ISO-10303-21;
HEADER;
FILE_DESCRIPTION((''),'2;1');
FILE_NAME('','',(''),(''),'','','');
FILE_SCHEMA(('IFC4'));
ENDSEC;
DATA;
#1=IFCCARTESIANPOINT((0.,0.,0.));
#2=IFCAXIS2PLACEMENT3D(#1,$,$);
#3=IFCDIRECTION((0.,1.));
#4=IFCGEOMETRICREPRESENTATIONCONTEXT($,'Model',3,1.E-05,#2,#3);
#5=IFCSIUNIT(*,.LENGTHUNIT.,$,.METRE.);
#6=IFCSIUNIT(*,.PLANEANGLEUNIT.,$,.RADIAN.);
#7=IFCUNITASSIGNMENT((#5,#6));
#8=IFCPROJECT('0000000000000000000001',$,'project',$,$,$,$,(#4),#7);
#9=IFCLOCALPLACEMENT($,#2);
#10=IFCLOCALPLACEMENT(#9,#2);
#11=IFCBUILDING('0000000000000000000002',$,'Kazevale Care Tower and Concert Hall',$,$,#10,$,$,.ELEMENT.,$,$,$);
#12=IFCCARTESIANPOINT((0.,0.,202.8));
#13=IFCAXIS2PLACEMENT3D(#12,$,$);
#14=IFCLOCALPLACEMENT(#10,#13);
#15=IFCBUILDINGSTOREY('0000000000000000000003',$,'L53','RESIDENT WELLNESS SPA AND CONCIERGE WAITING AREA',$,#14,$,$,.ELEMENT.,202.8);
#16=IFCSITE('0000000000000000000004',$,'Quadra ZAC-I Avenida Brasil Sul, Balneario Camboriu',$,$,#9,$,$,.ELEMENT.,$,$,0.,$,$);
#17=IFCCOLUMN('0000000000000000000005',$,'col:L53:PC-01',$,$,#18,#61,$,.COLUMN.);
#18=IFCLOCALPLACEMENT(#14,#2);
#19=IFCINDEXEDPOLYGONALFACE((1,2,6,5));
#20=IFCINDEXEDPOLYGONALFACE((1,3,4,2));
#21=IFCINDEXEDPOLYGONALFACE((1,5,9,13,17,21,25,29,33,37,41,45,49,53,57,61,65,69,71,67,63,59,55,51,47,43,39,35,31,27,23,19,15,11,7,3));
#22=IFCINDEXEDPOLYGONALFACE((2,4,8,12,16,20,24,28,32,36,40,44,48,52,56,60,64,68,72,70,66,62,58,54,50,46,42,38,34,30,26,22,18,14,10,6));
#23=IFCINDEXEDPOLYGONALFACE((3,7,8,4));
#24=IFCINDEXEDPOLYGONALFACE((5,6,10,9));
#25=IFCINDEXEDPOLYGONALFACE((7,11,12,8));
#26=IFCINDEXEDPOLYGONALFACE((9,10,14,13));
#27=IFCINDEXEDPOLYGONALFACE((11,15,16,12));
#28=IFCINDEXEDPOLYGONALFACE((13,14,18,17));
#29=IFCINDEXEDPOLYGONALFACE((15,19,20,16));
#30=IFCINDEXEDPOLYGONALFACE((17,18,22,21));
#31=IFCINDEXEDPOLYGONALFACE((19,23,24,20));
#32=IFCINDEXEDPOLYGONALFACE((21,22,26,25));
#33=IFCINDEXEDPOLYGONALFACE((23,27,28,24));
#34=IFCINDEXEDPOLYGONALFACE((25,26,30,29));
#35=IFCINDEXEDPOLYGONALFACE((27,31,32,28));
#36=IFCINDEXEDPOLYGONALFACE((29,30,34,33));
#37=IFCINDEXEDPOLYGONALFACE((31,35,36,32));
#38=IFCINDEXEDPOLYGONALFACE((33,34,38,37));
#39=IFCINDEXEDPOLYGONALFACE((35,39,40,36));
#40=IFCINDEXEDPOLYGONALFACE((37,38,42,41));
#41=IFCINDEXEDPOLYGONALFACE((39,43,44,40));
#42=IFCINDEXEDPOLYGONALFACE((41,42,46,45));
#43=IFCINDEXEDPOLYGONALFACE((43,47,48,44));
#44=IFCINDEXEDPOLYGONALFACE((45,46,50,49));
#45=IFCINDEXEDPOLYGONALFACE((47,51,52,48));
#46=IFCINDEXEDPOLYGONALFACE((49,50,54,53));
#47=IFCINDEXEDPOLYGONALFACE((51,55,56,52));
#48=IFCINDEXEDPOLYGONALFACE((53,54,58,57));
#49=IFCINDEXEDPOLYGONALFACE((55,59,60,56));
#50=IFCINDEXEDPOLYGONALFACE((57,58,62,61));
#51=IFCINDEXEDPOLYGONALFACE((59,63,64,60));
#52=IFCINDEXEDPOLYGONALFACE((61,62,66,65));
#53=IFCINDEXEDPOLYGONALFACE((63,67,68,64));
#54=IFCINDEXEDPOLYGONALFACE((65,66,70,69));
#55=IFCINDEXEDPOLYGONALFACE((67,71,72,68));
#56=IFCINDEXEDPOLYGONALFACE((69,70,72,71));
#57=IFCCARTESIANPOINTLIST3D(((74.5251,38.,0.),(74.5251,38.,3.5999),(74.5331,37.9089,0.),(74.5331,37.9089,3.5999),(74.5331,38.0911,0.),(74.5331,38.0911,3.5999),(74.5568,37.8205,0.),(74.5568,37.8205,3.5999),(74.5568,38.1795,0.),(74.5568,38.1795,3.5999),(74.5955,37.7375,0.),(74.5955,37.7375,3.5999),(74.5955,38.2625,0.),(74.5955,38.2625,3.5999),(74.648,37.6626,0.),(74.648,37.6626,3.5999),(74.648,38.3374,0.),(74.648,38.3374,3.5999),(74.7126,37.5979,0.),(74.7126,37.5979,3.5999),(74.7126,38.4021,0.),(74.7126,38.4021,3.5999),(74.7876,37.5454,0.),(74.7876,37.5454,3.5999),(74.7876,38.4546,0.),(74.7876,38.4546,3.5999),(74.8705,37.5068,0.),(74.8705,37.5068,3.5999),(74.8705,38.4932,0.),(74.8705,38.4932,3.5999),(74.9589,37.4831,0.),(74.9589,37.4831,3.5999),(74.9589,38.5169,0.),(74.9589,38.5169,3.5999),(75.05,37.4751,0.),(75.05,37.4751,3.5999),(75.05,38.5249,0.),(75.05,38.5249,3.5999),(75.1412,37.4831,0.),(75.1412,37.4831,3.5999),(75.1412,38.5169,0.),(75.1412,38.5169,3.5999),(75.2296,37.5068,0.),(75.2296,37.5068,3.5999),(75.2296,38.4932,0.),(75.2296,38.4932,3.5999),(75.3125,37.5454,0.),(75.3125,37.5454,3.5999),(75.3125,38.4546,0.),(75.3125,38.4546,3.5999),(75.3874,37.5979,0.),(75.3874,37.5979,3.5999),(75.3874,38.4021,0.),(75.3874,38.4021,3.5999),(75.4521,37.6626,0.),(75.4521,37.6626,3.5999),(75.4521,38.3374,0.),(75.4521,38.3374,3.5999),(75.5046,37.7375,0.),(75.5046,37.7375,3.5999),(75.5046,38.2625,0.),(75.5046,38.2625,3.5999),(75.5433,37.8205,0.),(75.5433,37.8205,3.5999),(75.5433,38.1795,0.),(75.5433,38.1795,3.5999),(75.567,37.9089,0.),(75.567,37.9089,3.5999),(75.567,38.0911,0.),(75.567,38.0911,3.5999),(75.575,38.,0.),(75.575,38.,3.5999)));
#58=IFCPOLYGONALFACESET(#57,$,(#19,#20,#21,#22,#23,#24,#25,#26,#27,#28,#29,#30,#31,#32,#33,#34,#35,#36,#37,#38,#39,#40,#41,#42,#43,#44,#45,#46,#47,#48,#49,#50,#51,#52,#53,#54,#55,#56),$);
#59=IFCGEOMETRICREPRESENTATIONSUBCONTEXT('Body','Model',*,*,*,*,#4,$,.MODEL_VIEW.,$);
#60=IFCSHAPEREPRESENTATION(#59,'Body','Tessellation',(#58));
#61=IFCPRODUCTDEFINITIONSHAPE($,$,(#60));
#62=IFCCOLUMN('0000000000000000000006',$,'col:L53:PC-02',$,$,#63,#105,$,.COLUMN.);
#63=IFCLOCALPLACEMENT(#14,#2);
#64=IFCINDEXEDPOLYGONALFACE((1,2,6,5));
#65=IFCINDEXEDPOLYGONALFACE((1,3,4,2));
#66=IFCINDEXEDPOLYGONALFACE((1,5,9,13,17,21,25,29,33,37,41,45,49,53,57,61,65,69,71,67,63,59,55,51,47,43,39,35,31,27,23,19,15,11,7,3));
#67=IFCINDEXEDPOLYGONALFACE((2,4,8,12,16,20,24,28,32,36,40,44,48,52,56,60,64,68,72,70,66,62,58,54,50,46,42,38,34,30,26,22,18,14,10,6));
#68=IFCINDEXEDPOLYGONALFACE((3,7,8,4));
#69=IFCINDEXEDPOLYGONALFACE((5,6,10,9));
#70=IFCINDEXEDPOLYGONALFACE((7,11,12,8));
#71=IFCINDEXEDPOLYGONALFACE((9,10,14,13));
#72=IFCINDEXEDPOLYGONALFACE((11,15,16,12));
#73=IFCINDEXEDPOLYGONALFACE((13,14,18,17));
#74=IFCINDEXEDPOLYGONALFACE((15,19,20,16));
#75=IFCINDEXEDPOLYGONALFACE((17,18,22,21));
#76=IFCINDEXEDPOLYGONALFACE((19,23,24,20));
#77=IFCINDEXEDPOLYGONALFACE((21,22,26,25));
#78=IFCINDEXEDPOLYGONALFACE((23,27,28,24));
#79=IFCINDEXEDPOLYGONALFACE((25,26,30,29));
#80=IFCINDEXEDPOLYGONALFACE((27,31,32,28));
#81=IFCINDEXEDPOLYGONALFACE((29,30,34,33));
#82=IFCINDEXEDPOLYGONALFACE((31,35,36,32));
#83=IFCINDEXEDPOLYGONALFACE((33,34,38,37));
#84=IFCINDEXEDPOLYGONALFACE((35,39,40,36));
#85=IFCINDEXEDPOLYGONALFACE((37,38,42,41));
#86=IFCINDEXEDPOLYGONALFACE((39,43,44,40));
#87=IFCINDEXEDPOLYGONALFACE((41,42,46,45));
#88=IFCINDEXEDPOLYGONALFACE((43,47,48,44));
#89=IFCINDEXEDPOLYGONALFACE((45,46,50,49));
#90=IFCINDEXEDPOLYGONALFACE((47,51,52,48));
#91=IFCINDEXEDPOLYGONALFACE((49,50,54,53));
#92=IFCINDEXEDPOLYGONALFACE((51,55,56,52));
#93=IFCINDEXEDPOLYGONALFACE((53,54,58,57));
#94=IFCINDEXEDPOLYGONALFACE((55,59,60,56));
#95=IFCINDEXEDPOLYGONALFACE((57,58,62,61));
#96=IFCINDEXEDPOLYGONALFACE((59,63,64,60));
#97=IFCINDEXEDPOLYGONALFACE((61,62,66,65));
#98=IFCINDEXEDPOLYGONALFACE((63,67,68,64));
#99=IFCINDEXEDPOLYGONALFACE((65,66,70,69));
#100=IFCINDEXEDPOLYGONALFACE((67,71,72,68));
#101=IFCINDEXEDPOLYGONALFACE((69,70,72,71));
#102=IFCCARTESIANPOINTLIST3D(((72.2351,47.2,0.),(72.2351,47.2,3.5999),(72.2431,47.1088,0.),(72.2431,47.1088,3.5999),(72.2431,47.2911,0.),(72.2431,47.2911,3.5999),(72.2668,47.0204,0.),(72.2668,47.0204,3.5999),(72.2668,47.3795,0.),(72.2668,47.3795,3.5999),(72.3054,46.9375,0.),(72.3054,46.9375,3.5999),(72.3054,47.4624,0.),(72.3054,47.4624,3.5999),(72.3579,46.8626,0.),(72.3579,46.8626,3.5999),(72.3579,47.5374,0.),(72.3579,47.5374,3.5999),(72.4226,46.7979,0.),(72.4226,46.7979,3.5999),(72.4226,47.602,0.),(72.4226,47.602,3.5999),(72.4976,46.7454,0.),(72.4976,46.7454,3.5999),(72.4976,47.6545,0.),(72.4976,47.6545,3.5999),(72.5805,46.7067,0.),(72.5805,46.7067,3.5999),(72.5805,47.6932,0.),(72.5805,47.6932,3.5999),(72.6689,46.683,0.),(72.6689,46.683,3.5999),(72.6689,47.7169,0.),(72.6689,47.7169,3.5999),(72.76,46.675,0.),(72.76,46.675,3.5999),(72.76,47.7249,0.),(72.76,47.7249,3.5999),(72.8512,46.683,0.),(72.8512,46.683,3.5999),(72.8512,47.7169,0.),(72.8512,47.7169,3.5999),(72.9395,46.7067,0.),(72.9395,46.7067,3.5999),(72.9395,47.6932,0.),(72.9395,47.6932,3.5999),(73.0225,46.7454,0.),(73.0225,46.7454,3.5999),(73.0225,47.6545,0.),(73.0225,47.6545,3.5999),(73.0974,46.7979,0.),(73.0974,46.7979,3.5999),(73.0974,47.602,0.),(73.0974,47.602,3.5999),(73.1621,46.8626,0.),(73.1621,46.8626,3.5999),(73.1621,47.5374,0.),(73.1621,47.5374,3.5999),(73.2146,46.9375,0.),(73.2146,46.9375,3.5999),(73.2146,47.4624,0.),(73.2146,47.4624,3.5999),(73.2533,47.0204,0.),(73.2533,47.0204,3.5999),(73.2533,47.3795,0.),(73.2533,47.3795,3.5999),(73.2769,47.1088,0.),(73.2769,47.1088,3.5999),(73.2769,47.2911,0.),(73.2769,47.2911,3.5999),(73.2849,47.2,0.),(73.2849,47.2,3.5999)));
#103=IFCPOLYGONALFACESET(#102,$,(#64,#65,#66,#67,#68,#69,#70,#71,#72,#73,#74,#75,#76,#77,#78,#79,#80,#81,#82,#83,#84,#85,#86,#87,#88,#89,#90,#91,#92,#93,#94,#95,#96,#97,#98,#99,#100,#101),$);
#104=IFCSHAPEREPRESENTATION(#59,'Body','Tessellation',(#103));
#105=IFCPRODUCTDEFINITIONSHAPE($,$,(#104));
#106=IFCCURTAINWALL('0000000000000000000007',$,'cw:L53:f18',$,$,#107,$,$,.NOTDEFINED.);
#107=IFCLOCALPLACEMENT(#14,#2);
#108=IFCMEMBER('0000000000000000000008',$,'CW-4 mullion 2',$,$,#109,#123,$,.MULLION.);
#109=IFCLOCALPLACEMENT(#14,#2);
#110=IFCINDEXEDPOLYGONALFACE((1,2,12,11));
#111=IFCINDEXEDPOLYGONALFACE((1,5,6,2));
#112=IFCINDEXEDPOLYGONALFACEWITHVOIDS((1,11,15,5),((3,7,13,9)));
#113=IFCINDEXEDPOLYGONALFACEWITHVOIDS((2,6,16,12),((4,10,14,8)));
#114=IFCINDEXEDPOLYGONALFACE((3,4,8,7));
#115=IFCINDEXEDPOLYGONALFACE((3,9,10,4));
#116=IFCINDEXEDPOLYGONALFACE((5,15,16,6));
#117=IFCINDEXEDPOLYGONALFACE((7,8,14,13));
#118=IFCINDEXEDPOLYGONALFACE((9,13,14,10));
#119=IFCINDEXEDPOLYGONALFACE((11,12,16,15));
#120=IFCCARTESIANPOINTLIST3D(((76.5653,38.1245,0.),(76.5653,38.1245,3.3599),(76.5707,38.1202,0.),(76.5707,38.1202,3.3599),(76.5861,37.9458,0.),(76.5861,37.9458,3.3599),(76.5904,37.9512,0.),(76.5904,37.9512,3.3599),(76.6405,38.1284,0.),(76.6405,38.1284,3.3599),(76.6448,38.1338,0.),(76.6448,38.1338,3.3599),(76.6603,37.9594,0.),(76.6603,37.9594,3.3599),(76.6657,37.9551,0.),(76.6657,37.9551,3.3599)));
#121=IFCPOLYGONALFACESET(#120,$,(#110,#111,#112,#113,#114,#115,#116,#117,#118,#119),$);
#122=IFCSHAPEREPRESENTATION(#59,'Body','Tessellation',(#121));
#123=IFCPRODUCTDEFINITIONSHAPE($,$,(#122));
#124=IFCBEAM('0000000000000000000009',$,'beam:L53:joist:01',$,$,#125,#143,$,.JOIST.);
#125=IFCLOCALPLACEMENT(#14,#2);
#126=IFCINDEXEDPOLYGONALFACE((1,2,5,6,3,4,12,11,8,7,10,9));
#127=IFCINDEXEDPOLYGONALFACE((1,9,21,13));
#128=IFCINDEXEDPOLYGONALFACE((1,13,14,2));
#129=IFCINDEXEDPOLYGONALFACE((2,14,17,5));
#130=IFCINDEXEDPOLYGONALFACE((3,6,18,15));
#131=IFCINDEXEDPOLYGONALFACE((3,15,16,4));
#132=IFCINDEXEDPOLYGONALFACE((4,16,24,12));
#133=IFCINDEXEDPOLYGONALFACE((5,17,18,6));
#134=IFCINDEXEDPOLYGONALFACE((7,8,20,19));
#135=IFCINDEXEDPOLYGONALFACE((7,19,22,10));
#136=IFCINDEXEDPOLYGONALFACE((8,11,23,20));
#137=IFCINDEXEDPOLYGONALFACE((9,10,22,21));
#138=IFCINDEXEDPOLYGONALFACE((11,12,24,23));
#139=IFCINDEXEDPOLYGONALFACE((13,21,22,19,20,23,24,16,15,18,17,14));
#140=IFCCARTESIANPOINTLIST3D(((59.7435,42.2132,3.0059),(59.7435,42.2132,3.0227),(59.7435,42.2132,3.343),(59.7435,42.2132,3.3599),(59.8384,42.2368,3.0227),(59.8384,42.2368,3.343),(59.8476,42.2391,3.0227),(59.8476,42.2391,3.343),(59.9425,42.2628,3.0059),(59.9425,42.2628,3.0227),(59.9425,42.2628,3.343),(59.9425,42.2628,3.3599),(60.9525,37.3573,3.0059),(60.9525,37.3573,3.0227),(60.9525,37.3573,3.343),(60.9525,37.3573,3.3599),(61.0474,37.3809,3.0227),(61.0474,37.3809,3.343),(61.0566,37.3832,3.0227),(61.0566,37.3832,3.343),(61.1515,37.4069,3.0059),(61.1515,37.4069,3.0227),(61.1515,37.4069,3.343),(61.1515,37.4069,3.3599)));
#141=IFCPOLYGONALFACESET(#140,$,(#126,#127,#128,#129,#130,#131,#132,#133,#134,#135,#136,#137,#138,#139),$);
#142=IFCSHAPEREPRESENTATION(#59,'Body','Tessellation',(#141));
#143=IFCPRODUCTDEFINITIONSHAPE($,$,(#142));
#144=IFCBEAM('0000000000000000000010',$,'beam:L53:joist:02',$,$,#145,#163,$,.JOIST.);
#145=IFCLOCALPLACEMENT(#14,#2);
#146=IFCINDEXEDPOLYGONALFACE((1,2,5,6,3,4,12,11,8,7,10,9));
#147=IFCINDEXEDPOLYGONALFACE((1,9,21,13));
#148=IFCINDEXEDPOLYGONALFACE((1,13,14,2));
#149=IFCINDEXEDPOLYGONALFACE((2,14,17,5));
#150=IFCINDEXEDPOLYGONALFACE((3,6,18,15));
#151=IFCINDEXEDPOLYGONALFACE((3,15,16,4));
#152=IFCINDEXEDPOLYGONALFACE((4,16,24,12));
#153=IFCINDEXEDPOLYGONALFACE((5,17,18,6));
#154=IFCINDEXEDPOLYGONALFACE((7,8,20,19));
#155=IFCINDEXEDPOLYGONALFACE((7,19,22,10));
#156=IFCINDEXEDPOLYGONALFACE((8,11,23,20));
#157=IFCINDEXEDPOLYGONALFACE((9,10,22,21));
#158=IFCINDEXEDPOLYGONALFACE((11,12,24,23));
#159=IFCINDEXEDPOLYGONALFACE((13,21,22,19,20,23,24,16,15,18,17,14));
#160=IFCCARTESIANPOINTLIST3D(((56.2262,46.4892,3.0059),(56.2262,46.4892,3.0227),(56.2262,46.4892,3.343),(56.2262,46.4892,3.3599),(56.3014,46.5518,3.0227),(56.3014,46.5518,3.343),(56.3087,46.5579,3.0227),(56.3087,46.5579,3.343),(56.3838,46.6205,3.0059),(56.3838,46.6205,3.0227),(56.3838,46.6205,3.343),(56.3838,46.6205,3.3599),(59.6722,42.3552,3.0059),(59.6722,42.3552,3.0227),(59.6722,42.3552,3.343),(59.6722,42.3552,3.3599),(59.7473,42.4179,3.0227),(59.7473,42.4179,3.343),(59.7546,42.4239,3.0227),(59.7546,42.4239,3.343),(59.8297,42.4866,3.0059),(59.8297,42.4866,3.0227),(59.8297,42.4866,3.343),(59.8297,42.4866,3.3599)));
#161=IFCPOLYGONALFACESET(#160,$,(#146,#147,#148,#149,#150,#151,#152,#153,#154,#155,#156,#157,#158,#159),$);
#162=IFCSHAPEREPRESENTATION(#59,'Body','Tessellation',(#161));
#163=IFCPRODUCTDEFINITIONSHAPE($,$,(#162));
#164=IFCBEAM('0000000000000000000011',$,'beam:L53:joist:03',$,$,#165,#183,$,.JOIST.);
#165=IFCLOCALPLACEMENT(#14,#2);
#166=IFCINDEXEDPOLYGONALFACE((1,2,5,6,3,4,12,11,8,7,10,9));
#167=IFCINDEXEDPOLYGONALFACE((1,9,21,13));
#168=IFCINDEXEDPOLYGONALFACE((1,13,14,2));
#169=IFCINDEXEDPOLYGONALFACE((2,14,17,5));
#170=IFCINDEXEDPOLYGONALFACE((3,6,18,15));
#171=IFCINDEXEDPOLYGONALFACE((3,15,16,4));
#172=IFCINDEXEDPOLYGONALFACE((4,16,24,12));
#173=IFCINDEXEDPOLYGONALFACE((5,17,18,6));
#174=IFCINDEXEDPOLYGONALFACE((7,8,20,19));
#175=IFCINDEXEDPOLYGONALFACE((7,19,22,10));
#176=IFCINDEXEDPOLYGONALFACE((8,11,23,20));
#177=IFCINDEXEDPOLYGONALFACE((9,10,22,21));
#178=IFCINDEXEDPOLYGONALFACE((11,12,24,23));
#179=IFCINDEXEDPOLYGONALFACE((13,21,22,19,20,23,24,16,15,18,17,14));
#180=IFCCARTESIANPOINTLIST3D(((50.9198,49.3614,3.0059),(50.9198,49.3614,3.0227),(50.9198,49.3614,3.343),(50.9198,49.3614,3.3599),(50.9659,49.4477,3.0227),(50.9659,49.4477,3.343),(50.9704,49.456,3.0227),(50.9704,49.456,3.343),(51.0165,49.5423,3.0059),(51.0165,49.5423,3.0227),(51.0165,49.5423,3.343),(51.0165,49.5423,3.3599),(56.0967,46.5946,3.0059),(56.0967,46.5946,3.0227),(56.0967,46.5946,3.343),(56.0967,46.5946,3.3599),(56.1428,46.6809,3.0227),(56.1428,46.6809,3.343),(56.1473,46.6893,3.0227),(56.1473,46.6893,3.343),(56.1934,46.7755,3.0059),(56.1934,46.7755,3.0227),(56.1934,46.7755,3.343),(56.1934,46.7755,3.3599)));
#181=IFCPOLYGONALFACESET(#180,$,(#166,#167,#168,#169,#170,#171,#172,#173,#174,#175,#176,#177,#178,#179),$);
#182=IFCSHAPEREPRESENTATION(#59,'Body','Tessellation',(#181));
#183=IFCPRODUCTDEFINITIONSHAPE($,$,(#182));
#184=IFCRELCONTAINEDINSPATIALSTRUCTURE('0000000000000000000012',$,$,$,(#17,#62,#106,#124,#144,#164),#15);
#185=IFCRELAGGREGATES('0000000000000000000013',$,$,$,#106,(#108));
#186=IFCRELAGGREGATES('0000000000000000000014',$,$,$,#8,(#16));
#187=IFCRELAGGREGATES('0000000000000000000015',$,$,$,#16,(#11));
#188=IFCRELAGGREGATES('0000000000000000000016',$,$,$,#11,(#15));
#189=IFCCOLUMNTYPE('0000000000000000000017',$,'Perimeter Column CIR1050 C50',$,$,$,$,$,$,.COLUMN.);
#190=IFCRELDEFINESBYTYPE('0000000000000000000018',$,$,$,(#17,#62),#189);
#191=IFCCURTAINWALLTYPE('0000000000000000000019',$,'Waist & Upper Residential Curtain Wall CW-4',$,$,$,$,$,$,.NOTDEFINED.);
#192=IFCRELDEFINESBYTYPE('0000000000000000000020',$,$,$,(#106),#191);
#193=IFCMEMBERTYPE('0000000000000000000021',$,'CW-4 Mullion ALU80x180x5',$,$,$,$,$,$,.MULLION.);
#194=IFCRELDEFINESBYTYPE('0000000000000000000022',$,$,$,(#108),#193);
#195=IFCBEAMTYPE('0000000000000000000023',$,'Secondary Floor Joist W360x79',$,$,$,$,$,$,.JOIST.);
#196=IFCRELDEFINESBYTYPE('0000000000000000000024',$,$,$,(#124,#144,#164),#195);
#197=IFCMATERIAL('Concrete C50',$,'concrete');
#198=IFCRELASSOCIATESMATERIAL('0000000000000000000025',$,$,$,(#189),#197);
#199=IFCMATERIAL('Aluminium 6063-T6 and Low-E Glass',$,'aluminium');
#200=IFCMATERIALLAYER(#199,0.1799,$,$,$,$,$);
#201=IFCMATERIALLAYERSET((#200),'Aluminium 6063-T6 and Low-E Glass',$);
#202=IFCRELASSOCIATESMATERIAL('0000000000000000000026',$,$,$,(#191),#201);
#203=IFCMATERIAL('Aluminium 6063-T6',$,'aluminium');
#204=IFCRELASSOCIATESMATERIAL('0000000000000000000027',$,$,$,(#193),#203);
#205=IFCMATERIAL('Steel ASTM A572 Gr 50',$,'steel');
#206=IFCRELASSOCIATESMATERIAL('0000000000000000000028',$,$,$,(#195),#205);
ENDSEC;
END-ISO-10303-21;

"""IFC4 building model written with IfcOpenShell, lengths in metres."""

from ifc_helpers import new_model, si_unit, direction, frame, origin, origin_2d, place, context, subcontext, project, spatial, hollow_rectangle, circle, i_section, extrude, material, layer, layer_set, material_profile, profile_set, type_object, element, aggregate, save


model = new_model("IFC4")

# Units and contexts
model_context = context("Model", 3, precision=1e-05, world=origin(), true_north=direction((0.0, 1.0)))
body_context = subcontext(model_context, "Body", "Model", "MODEL_VIEW")
ifc_project = project(units=[si_unit("LENGTHUNIT", "METRE"), si_unit("PLANEANGLEUNIT", "RADIAN")], contexts=[model_context])

# Site, building, storey
site_placement = place(None, origin())
site = spatial("IfcSite", under=ifc_project, at=site_placement, Name="Quadra ZAC-I Avenida Brasil Sul, Balneario Camboriu", CompositionType="ELEMENT", RefElevation=0.0)
building_placement = place(site_placement, origin())
building = spatial("IfcBuilding", under=site, at=building_placement, Name="Kazevale Care Tower and Concert Hall", CompositionType="ELEMENT")
storey_placement = place(building_placement, frame((0.0, 0.0, 202.8)))
storey = spatial("IfcBuildingStorey", under=building, at=storey_placement, Name="L53", Description="RESIDENT WELLNESS SPA AND CONCIERGE WAITING AREA", CompositionType="ELEMENT", Elevation=202.8)

# Columns
ifc_material_1 = material(Name="Concrete C50", Category="concrete")
ifc_material_profile_1 = material_profile(ifc_material_1, circle(Radius=0.5249, at=origin_2d()), Name="RC-CIR1050")
ifc_profile_set_1 = profile_set([ifc_material_profile_1], Name="Concrete C50")
column_type = type_object("IfcColumnType", Name="Perimeter Column CIR1050 C50", PredefinedType="COLUMN", material=ifc_profile_set_1)
for number, where, z_axis, x_axis, name in (
    (1, (75.05, 38.0, 0.0), (0.0, 0.0, 1.0), (1.0, 0.0, 0.0), "col:L53:PC-01"),
    (2, (72.76, 47.2, 0.0), (0.0, 0.0, 1.0), (1.0, 0.0, 0.0), "col:L53:PC-02"),
):
    element("IfcColumn", number, at=place(storey_placement, frame(where, z_axis=z_axis, x_axis=x_axis)), inside=storey, type_object=column_type, Name=name, PredefinedType="COLUMN", context=body_context, shape_type="SweptSolid", body=[
        extrude(circle(Radius=0.5249, at=origin_2d()), origin(), (0.0, 0.0, 1.0), 3.5999),
    ])

# Curtain wall, member
ifc_material_2 = material(Name="Aluminium 6063-T6 and Low-E Glass", Category="aluminium")
ifc_layer_1 = layer(ifc_material_2, 0.1799)
ifc_layer_set_1 = layer_set([ifc_layer_1], Name="Aluminium 6063-T6 and Low-E Glass")
curtain_wall_type = type_object("IfcCurtainWallType", Name="Waist & Upper Residential Curtain Wall CW-4", PredefinedType="NOTDEFINED", material=ifc_layer_set_1)
curtain_wall_placement = place(storey_placement, origin())
curtain_wall = element("IfcCurtainWall", 3, at=curtain_wall_placement, inside=storey, type_object=curtain_wall_type, Name="cw:L53:f18", PredefinedType="NOTDEFINED")
ifc_material_3 = material(Name="Aluminium 6063-T6", Category="aluminium")
ifc_material_profile_2 = material_profile(ifc_material_3, hollow_rectangle(XDim=0.0801, YDim=0.1799, WallThickness=0.0049, at=origin_2d()), Name="ALU80x180x5")
ifc_profile_set_2 = profile_set([ifc_material_profile_2], Name="Aluminium 6063-T6")
member_type = type_object("IfcMemberType", Name="CW-4 Mullion ALU80x180x5", PredefinedType="MULLION", material=ifc_profile_set_2)
member_placement = place(storey_placement, frame((76.6155, 38.0398, 0.0), z_axis=(0.0, 0.0, 1.0), x_axis=(0.993267, 0.115847, 0.0)))
member = element("IfcMember", 4, at=member_placement, type_object=member_type, Name="CW-4 mullion 2", PredefinedType="MULLION", context=body_context, shape_type="SweptSolid", body=[
    extrude(hollow_rectangle(XDim=0.0801, YDim=0.1799, WallThickness=0.0049, at=origin_2d()), origin(), (0.0, 0.0, 1.0), 3.3599),
])

# Beams
ifc_material_4 = material(Name="Steel ASTM A572 Gr 50", Category="steel")
ifc_material_profile_3 = material_profile(ifc_material_4, i_section(OverallWidth=0.2051, OverallDepth=0.354, WebThickness=0.0095, FlangeThickness=0.0168, at=origin_2d()), Name="W360x79")
ifc_profile_set_3 = profile_set([ifc_material_profile_3], Name="Steel ASTM A572 Gr 50")
beam_type_1 = type_object("IfcBeamType", Name="Secondary Floor Joist W360x79", PredefinedType="JOIST", material=ifc_profile_set_3)
beam_1_placement = place(storey_placement, frame((61.052, 37.3821, 3.1829), z_axis=(-0.241594, 0.970377, 0.0), x_axis=(-0.970377, -0.241594, 0.0)))
element("IfcBeam", 5, at=beam_1_placement, inside=storey, type_object=beam_type_1, Name="beam:L53:joist:01", PredefinedType="JOIST", context=body_context, shape_type="SweptSolid", body=[
    extrude(i_section(OverallWidth=0.2051, OverallDepth=0.354, WebThickness=0.0095, FlangeThickness=0.0168, at=origin_2d()), origin(), (0.0, 0.0, 1.0), 5.0042),
])
beam_2_placement = place(storey_placement, frame((59.751, 42.4209, 3.1829), z_axis=(-0.640296, 0.768128, 0.0), x_axis=(-0.768128, -0.640296, 0.0)))
element("IfcBeam", 6, at=beam_2_placement, inside=storey, type_object=beam_type_1, Name="beam:L53:joist:02", PredefinedType="JOIST", context=body_context, shape_type="SweptSolid", body=[
    extrude(i_section(OverallWidth=0.2051, OverallDepth=0.354, WebThickness=0.0095, FlangeThickness=0.0168, at=origin_2d()), origin(), (0.0, 0.0, 1.0), 5.3818),
])
beam_3_placement = place(storey_placement, frame((56.145, 46.6851, 3.1829), z_axis=(-0.881944, 0.471354, 0.0), x_axis=(-0.471354, -0.881944, 0.0)))
element("IfcBeam", 7, at=beam_3_placement, inside=storey, type_object=beam_type_1, Name="beam:L53:joist:03", PredefinedType="JOIST", context=body_context, shape_type="SweptSolid", body=[
    extrude(i_section(OverallWidth=0.2051, OverallDepth=0.354, WebThickness=0.0095, FlangeThickness=0.0168, at=origin_2d()), origin(), (0.0, 0.0, 1.0), 5.8699),
])

aggregate(curtain_wall, [member])

save(model, "model.ifc")
